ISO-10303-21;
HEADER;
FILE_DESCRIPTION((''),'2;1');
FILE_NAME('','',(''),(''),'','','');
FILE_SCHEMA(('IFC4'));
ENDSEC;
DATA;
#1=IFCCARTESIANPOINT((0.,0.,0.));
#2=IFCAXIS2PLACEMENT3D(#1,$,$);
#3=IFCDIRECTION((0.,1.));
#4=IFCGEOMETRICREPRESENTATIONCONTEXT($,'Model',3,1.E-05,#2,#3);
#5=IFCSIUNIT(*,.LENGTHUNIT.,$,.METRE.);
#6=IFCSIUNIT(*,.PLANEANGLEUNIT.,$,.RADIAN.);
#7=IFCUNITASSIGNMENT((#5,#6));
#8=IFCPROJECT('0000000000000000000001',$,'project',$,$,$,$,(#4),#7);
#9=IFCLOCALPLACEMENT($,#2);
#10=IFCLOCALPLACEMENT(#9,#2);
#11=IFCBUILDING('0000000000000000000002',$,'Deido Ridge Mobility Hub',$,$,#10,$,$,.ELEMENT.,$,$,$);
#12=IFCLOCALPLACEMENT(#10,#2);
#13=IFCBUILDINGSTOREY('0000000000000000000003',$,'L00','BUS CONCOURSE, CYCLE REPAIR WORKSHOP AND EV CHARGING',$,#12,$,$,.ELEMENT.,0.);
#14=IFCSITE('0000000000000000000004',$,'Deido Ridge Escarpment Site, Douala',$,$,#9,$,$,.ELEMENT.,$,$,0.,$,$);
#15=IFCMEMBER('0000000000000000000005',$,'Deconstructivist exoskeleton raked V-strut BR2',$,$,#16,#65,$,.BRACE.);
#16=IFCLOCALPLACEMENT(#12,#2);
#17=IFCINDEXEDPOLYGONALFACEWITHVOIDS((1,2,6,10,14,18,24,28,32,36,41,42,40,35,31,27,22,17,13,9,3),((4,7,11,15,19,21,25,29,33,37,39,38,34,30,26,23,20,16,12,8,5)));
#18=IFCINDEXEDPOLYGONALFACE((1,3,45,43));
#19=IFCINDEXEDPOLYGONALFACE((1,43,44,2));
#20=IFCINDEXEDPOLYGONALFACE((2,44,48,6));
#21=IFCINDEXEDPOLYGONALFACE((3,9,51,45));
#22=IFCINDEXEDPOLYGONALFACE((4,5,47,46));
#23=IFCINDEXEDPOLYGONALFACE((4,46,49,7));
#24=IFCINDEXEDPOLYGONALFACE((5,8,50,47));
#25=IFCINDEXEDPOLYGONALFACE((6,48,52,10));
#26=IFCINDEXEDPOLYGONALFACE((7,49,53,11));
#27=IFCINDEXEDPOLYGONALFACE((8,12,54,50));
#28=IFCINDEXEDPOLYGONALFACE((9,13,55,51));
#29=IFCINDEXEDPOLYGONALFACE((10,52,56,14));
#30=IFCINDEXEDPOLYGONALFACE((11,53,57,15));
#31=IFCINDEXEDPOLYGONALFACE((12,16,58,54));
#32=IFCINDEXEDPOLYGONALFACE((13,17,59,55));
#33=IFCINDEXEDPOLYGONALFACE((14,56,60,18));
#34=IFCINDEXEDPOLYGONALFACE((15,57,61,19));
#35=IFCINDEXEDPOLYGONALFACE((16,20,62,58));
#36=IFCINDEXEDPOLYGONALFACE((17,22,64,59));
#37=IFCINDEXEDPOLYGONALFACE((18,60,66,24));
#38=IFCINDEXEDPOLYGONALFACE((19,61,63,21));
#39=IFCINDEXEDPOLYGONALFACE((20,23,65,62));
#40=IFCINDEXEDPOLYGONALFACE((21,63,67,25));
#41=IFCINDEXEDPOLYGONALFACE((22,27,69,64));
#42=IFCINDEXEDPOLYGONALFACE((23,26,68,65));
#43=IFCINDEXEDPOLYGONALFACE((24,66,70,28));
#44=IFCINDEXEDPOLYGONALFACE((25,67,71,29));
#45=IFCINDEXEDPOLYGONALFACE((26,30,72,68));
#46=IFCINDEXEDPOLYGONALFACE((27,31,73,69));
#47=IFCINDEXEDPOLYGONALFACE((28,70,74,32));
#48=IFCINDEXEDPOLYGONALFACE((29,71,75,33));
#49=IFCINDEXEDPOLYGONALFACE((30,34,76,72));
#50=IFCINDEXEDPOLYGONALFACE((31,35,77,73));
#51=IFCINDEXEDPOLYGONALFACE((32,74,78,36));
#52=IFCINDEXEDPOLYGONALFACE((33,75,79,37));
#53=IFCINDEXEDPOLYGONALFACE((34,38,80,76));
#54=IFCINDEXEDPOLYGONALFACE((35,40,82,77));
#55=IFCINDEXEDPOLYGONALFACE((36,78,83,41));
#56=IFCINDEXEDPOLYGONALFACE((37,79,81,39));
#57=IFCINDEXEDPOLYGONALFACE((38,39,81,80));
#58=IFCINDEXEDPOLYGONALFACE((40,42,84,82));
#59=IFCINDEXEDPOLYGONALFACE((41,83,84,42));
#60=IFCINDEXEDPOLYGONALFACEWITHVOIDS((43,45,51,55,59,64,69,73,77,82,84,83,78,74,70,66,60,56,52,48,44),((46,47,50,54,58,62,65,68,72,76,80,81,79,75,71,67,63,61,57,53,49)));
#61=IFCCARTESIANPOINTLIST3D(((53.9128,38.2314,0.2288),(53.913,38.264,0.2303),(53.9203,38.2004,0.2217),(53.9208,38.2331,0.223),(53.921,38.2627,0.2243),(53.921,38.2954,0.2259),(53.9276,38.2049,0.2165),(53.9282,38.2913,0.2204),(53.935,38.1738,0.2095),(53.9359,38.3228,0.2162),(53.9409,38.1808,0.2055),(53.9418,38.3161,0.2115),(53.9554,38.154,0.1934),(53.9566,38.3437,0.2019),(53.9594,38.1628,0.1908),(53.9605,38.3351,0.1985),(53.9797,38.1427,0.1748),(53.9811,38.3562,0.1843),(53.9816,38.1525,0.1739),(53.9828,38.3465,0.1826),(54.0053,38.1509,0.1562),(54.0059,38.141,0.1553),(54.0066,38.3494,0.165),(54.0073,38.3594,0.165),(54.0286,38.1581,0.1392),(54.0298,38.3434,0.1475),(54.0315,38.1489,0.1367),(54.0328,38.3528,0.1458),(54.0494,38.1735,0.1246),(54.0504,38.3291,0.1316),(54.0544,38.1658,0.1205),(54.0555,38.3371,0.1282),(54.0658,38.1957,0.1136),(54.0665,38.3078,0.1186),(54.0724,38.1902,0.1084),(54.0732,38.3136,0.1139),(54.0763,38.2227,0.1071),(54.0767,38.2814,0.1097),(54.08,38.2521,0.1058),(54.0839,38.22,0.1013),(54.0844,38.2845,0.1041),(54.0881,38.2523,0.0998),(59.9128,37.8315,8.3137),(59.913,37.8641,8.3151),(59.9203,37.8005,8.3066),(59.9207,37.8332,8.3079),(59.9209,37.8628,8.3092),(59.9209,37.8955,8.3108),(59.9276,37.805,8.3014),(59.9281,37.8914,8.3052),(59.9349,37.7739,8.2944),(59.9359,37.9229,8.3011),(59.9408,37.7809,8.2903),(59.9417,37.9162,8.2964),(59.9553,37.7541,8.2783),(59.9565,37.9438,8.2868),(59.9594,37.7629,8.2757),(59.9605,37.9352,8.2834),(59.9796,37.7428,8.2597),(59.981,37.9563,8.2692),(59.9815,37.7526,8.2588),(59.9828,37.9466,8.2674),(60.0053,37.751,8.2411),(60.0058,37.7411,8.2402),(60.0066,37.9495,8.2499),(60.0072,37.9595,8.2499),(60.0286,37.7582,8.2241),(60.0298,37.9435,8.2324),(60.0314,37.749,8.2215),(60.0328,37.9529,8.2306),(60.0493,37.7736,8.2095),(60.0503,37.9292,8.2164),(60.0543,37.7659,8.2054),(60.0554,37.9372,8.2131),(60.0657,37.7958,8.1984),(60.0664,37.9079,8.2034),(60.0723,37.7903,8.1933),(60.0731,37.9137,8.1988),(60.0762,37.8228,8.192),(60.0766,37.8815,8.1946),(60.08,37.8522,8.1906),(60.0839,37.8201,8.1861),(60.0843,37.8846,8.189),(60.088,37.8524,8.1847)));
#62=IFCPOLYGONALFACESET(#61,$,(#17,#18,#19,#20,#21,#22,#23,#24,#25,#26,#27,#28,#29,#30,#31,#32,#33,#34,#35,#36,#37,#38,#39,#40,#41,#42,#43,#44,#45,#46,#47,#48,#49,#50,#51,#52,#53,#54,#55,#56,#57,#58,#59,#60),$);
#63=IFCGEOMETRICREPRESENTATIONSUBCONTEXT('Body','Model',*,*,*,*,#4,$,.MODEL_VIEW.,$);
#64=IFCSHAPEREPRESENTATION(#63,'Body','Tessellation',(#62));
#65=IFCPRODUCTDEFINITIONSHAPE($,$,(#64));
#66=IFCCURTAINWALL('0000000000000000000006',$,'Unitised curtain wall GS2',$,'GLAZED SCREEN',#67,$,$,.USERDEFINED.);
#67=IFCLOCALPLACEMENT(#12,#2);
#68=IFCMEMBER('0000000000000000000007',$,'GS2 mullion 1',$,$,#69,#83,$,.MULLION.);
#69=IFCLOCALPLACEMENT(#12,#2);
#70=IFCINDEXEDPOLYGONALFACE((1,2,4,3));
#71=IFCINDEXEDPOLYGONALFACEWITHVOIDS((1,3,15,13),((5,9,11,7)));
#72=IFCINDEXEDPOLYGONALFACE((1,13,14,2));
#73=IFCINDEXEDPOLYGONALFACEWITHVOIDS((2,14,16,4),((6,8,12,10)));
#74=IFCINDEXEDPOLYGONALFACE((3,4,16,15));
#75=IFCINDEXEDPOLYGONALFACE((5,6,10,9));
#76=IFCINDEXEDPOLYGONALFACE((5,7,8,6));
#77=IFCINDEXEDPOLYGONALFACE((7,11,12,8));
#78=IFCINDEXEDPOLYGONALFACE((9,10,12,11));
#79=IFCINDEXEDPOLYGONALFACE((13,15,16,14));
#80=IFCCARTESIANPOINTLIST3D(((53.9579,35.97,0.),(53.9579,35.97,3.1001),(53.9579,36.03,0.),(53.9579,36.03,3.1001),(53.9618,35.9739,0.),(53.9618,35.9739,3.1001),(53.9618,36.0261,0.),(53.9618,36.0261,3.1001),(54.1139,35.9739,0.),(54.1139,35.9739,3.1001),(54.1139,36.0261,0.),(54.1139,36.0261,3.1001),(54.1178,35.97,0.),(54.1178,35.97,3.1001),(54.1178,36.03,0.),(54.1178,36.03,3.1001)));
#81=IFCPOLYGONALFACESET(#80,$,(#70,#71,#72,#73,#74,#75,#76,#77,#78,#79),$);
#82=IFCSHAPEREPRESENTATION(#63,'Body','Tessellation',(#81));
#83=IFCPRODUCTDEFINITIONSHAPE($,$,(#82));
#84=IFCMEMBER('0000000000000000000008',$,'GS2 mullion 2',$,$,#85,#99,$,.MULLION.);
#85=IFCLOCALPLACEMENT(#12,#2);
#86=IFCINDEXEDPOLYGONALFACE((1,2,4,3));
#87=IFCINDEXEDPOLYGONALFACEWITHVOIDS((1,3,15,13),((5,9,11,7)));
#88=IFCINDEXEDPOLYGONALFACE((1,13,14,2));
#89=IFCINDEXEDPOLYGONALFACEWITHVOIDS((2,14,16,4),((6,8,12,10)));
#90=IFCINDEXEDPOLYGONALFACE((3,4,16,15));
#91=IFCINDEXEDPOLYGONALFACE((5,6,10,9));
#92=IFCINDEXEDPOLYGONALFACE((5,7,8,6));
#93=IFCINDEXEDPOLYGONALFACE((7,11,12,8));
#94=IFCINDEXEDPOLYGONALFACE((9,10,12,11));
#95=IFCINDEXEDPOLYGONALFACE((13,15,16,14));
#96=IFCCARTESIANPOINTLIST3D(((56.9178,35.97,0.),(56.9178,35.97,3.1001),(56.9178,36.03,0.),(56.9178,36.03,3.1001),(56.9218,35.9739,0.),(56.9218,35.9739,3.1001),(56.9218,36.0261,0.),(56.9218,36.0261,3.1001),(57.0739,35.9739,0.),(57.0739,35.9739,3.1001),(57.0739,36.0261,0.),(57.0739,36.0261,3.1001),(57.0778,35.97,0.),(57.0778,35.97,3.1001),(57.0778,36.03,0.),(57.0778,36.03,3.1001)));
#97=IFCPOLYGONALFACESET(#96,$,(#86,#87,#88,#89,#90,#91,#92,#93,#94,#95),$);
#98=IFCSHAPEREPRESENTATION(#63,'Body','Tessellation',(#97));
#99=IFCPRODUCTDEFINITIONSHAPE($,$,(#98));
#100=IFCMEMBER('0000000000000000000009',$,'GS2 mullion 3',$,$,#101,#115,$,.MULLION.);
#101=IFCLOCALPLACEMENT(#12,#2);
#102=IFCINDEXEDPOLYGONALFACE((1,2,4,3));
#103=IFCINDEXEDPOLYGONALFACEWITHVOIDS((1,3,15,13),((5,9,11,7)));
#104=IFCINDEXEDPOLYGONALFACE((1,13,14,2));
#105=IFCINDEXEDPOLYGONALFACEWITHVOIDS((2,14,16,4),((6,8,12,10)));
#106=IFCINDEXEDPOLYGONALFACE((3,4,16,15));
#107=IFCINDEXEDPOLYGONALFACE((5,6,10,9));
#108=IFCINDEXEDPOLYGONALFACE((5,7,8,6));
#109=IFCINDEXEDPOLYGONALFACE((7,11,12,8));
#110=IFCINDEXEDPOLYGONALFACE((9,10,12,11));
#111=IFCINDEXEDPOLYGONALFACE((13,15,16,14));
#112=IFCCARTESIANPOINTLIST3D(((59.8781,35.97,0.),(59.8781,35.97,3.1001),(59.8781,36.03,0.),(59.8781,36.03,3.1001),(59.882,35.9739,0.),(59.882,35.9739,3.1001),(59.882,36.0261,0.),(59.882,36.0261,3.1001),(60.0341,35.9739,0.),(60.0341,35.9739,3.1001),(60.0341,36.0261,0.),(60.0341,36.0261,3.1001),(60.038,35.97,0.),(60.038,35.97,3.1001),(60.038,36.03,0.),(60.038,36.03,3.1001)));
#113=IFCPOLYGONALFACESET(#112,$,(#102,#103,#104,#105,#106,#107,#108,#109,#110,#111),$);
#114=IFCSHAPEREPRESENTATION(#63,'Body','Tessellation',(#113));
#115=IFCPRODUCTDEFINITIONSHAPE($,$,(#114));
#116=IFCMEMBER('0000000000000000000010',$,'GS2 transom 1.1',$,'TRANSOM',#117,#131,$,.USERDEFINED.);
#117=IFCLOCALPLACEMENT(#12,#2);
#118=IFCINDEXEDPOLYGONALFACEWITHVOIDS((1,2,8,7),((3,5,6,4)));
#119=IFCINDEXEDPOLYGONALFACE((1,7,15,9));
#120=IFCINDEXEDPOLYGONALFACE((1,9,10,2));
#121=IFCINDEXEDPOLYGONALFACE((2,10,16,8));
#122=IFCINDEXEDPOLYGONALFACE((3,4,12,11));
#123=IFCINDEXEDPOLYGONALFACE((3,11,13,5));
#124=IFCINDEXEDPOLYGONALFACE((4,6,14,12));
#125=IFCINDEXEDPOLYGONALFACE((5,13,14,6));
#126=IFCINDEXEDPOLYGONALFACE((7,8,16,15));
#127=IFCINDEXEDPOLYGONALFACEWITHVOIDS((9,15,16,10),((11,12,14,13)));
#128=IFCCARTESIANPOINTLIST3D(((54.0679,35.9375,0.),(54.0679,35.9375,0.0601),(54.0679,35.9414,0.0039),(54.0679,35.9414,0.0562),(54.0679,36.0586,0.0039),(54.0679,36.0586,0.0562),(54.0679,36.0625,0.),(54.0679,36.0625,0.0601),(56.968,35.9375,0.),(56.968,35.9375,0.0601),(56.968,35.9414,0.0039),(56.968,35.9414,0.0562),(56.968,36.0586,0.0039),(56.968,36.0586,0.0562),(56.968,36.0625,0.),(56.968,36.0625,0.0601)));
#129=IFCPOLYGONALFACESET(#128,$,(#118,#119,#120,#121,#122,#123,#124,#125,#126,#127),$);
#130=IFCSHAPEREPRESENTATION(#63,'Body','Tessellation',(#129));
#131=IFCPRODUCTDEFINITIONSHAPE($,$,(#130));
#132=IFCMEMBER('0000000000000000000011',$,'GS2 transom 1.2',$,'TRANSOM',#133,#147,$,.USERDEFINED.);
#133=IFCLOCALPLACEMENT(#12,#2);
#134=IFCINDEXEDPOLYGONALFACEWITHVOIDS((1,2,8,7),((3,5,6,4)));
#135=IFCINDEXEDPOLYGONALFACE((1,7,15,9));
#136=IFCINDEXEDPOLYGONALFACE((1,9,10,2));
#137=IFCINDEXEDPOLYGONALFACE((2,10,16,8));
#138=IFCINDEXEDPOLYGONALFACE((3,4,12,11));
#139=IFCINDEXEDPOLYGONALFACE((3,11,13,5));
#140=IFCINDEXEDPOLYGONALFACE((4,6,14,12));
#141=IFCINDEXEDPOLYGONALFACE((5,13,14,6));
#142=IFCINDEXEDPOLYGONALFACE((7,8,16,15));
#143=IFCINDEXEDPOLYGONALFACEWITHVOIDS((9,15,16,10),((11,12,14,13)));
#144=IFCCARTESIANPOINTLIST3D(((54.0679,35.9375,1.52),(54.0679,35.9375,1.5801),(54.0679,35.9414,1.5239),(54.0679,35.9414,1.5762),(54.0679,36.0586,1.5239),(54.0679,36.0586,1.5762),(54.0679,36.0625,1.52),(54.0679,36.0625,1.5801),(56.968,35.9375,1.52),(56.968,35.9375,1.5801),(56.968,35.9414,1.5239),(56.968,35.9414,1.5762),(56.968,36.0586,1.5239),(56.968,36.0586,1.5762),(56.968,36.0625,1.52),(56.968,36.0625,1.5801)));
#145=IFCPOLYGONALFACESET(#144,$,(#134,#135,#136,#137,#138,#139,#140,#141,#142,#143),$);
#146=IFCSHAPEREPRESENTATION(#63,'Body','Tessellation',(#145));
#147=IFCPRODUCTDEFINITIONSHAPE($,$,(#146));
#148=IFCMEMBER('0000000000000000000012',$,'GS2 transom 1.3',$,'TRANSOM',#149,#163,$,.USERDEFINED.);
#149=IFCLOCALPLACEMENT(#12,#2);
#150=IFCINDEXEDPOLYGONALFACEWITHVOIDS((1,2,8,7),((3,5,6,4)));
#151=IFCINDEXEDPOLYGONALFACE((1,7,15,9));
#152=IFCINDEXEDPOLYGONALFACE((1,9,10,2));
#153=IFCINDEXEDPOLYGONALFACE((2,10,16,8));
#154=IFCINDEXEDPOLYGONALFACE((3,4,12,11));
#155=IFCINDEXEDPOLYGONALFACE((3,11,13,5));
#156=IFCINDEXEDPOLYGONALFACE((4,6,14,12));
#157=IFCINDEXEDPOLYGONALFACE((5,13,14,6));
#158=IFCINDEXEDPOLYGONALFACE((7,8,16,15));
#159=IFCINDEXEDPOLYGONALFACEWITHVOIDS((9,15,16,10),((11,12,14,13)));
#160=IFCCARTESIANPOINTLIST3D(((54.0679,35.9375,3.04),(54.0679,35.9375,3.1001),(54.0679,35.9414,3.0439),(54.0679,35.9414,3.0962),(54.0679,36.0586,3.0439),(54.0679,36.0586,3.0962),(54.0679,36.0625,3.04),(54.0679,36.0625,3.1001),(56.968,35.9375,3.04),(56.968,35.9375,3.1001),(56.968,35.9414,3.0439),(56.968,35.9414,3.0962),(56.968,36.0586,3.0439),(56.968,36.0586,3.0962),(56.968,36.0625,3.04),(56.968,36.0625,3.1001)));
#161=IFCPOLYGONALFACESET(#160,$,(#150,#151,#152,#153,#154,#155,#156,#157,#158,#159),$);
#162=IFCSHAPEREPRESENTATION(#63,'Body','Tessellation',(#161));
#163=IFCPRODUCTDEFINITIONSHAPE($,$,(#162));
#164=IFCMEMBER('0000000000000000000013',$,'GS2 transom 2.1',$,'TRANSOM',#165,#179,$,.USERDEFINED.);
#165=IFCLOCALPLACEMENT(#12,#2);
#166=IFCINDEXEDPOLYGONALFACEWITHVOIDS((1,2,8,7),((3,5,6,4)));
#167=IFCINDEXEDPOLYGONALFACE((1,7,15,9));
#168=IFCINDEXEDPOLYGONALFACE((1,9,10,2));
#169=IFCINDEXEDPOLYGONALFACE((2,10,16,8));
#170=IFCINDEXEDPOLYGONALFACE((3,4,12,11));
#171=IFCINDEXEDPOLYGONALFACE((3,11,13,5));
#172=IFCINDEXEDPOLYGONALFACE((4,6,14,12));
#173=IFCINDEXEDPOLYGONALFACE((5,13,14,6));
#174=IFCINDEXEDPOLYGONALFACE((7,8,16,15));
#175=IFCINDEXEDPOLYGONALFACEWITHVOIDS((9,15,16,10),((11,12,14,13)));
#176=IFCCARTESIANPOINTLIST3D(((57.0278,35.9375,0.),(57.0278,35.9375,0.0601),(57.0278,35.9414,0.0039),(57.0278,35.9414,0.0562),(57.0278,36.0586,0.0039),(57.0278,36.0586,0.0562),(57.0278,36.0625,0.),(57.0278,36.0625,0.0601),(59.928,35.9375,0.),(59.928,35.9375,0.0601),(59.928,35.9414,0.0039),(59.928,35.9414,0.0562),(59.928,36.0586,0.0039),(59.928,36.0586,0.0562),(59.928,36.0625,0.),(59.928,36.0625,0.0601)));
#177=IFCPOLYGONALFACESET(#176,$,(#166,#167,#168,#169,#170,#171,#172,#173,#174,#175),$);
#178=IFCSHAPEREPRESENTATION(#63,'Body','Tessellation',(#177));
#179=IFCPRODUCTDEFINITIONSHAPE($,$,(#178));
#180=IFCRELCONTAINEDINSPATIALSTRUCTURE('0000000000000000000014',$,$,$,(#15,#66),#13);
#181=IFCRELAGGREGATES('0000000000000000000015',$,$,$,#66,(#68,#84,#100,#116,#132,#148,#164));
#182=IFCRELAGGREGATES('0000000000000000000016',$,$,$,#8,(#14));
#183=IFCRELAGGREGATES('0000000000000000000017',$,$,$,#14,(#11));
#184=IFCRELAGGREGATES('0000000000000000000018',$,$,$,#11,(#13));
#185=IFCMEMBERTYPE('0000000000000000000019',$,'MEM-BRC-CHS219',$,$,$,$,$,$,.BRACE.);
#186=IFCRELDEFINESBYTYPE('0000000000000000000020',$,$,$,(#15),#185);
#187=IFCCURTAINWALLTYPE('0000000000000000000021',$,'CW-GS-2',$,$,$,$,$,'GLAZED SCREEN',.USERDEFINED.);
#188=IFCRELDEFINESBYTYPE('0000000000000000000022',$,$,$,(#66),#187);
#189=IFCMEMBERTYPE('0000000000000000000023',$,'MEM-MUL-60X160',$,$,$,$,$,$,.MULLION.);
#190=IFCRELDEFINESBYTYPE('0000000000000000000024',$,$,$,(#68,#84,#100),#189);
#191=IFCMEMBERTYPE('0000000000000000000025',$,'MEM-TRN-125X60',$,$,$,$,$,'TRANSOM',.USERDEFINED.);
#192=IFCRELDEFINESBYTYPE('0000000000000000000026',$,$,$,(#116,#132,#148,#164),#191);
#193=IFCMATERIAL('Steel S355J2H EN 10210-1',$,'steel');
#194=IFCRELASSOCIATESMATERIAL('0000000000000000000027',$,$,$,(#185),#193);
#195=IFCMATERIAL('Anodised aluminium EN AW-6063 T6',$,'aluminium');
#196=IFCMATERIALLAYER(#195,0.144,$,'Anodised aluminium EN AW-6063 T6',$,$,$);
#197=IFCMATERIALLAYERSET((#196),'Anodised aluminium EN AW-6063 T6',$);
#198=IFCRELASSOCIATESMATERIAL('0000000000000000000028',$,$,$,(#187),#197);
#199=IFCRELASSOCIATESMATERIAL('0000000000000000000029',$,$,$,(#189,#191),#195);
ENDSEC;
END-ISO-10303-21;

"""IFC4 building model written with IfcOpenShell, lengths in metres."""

from ifc_helpers import new_model, si_unit, direction, frame, origin, origin_2d, place, context, subcontext, project, spatial, hollow_rectangle, hollow_circle, extrude, material, layer, layer_set, material_profile, profile_set, type_object, element, aggregate, save


model = new_model("IFC4")

# Units and contexts
model_context = context("Model", 3, precision=1e-05, world=origin(), true_north=direction((0.0, 1.0)))
body_context = subcontext(model_context, "Body", "Model", "MODEL_VIEW")
ifc_project = project(units=[si_unit("LENGTHUNIT", "METRE"), si_unit("PLANEANGLEUNIT", "RADIAN")], contexts=[model_context])

# Site, building, storey
site_placement = place(None, origin())
site = spatial("IfcSite", under=ifc_project, at=site_placement, Name="Deido Ridge Escarpment Site, Douala", CompositionType="ELEMENT", RefElevation=0.0)
building_placement = place(site_placement, origin())
building = spatial("IfcBuilding", under=site, at=building_placement, Name="Deido Ridge Mobility Hub", CompositionType="ELEMENT")
storey_placement = place(building_placement, origin())
storey = spatial("IfcBuildingStorey", under=building, at=storey_placement, Name="L00", Description="BUS CONCOURSE, CYCLE REPAIR WORKSHOP AND EV CHARGING", CompositionType="ELEMENT", Elevation=0.0)

# Member
ifc_material_1 = material(Name="Steel S355J2H EN 10210-1", Category="steel")
ifc_material_profile_1 = material_profile(ifc_material_1, hollow_circle(Radius=0.1096, WallThickness=0.01, at=origin_2d()), Name="CHS 219.1x10")
ifc_profile_set_1 = profile_set([ifc_material_profile_1], Name="Steel S355J2H EN 10210-1")
member_type_1 = type_object("IfcMemberType", Name="MEM-BRC-CHS219", PredefinedType="BRACE", material=ifc_profile_set_1)
for number, where, z_axis, x_axis, name in (
    (1, (54.0, 38.25, 0.165), (0.595472, -0.039688, 0.802395), (0.066503, 0.997786, 0.0), "Deconstructivist exoskeleton raked V-strut BR2"),
):
    element("IfcMember", number, at=place(storey_placement, frame(where, z_axis=z_axis, x_axis=x_axis)), inside=storey, type_object=member_type_1, Name=name, PredefinedType="BRACE", context=body_context, shape_type="SweptSolid", body=[
        extrude(hollow_circle(Radius=0.1096, WallThickness=0.01, at=origin_2d()), origin(), (0.0, 0.0, 1.0), 10.0759),
    ])

# Curtain wall, members
ifc_material_2 = material(Name="Anodised aluminium EN AW-6063 T6", Category="aluminium")
ifc_layer_1 = layer(ifc_material_2, 0.144, Name="Anodised aluminium EN AW-6063 T6")
ifc_layer_set_1 = layer_set([ifc_layer_1], Name="Anodised aluminium EN AW-6063 T6")
curtain_wall_type = type_object("IfcCurtainWallType", Name="CW-GS-2", ElementType="GLAZED SCREEN", PredefinedType="USERDEFINED", material=ifc_layer_set_1)
curtain_wall_placement = place(storey_placement, origin())
curtain_wall = element("IfcCurtainWall", 2, at=curtain_wall_placement, inside=storey, type_object=curtain_wall_type, Name="Unitised curtain wall GS2", ObjectType="GLAZED SCREEN", PredefinedType="USERDEFINED")
ifc_material_profile_2 = material_profile(ifc_material_2, hollow_rectangle(XDim=0.0601, YDim=0.1599, WallThickness=0.0039, at=origin_2d()), Name="RHS 60x160x4")
ifc_profile_set_2 = profile_set([ifc_material_profile_2], Name="Anodised aluminium EN AW-6063 T6")
member_type_2 = type_object("IfcMemberType", Name="MEM-MUL-60X160", PredefinedType="MULLION", material=ifc_profile_set_2)
member_1_placement = place(storey_placement, frame((54.0378, 36.0, 0.0), z_axis=(0.0, 0.0, 1.0), x_axis=(0.0, 1.0, 0.0)))
member_1 = element("IfcMember", 3, at=member_1_placement, type_object=member_type_2, Name="GS2 mullion 1", PredefinedType="MULLION", context=body_context, shape_type="SweptSolid", body=[
    extrude(hollow_rectangle(XDim=0.0601, YDim=0.1599, WallThickness=0.0039, at=origin_2d()), origin(), (0.0, 0.0, 1.0), 3.1001),
])
member_2_placement = place(storey_placement, frame((56.9978, 36.0, 0.0), z_axis=(0.0, 0.0, 1.0), x_axis=(0.0, 1.0, 0.0)))
member_2 = element("IfcMember", 4, at=member_2_placement, type_object=member_type_2, Name="GS2 mullion 2", PredefinedType="MULLION", context=body_context, shape_type="SweptSolid", body=[
    extrude(hollow_rectangle(XDim=0.0601, YDim=0.1599, WallThickness=0.0039, at=origin_2d()), origin(), (0.0, 0.0, 1.0), 3.1001),
])
member_3_placement = place(storey_placement, frame((59.958, 36.0, 0.0), z_axis=(0.0, 0.0, 1.0), x_axis=(0.0, 1.0, 0.0)))
member_3 = element("IfcMember", 5, at=member_3_placement, type_object=member_type_2, Name="GS2 mullion 3", PredefinedType="MULLION", context=body_context, shape_type="SweptSolid", body=[
    extrude(hollow_rectangle(XDim=0.0601, YDim=0.1599, WallThickness=0.0039, at=origin_2d()), origin(), (0.0, 0.0, 1.0), 3.1001),
])
ifc_material_profile_3 = material_profile(ifc_material_2, hollow_rectangle(XDim=0.125, YDim=0.0601, WallThickness=0.0039, at=origin_2d()), Name="RHS 125x60x4")
ifc_profile_set_3 = profile_set([ifc_material_profile_3], Name="Anodised aluminium EN AW-6063 T6")
member_type_3 = type_object("IfcMemberType", Name="MEM-TRN-125X60", ElementType="TRANSOM", PredefinedType="USERDEFINED", material=ifc_profile_set_3)
member_4_placement = place(storey_placement, frame((54.0679, 36.0, 0.03), z_axis=(1.0, 0.0, 0.0), x_axis=(0.0, 1.0, 0.0)))
member_4 = element("IfcMember", 6, at=member_4_placement, type_object=member_type_3, Name="GS2 transom 1.1", ObjectType="TRANSOM", PredefinedType="USERDEFINED", context=body_context, shape_type="SweptSolid", body=[
    extrude(hollow_rectangle(XDim=0.125, YDim=0.0601, WallThickness=0.0039, at=origin_2d()), origin(), (0.0, 0.0, 1.0), 2.9001),
])
member_5_placement = place(storey_placement, frame((54.0679, 36.0, 1.55), z_axis=(1.0, 0.0, 0.0), x_axis=(0.0, 1.0, 0.0)))
member_5 = element("IfcMember", 7, at=member_5_placement, type_object=member_type_3, Name="GS2 transom 1.2", ObjectType="TRANSOM", PredefinedType="USERDEFINED", context=body_context, shape_type="SweptSolid", body=[
    extrude(hollow_rectangle(XDim=0.125, YDim=0.0601, WallThickness=0.0039, at=origin_2d()), origin(), (0.0, 0.0, 1.0), 2.9001),
])
member_6_placement = place(storey_placement, frame((54.0679, 36.0, 3.0701), z_axis=(1.0, 0.0, 0.0), x_axis=(0.0, 1.0, 0.0)))
member_6 = element("IfcMember", 8, at=member_6_placement, type_object=member_type_3, Name="GS2 transom 1.3", ObjectType="TRANSOM", PredefinedType="USERDEFINED", context=body_context, shape_type="SweptSolid", body=[
    extrude(hollow_rectangle(XDim=0.125, YDim=0.0601, WallThickness=0.0039, at=origin_2d()), origin(), (0.0, 0.0, 1.0), 2.9001),
])
member_7_placement = place(storey_placement, frame((57.0278, 36.0, 0.03), z_axis=(1.0, 0.0, 0.0), x_axis=(0.0, 1.0, 0.0)))
member_7 = element("IfcMember", 9, at=member_7_placement, type_object=member_type_3, Name="GS2 transom 2.1", ObjectType="TRANSOM", PredefinedType="USERDEFINED", context=body_context, shape_type="SweptSolid", body=[
    extrude(hollow_rectangle(XDim=0.125, YDim=0.0601, WallThickness=0.0039, at=origin_2d()), origin(), (0.0, 0.0, 1.0), 2.9001),
])

aggregate(curtain_wall, [member_1, member_2, member_3, member_4, member_5, member_6, member_7])

save(model, "model.ifc")
